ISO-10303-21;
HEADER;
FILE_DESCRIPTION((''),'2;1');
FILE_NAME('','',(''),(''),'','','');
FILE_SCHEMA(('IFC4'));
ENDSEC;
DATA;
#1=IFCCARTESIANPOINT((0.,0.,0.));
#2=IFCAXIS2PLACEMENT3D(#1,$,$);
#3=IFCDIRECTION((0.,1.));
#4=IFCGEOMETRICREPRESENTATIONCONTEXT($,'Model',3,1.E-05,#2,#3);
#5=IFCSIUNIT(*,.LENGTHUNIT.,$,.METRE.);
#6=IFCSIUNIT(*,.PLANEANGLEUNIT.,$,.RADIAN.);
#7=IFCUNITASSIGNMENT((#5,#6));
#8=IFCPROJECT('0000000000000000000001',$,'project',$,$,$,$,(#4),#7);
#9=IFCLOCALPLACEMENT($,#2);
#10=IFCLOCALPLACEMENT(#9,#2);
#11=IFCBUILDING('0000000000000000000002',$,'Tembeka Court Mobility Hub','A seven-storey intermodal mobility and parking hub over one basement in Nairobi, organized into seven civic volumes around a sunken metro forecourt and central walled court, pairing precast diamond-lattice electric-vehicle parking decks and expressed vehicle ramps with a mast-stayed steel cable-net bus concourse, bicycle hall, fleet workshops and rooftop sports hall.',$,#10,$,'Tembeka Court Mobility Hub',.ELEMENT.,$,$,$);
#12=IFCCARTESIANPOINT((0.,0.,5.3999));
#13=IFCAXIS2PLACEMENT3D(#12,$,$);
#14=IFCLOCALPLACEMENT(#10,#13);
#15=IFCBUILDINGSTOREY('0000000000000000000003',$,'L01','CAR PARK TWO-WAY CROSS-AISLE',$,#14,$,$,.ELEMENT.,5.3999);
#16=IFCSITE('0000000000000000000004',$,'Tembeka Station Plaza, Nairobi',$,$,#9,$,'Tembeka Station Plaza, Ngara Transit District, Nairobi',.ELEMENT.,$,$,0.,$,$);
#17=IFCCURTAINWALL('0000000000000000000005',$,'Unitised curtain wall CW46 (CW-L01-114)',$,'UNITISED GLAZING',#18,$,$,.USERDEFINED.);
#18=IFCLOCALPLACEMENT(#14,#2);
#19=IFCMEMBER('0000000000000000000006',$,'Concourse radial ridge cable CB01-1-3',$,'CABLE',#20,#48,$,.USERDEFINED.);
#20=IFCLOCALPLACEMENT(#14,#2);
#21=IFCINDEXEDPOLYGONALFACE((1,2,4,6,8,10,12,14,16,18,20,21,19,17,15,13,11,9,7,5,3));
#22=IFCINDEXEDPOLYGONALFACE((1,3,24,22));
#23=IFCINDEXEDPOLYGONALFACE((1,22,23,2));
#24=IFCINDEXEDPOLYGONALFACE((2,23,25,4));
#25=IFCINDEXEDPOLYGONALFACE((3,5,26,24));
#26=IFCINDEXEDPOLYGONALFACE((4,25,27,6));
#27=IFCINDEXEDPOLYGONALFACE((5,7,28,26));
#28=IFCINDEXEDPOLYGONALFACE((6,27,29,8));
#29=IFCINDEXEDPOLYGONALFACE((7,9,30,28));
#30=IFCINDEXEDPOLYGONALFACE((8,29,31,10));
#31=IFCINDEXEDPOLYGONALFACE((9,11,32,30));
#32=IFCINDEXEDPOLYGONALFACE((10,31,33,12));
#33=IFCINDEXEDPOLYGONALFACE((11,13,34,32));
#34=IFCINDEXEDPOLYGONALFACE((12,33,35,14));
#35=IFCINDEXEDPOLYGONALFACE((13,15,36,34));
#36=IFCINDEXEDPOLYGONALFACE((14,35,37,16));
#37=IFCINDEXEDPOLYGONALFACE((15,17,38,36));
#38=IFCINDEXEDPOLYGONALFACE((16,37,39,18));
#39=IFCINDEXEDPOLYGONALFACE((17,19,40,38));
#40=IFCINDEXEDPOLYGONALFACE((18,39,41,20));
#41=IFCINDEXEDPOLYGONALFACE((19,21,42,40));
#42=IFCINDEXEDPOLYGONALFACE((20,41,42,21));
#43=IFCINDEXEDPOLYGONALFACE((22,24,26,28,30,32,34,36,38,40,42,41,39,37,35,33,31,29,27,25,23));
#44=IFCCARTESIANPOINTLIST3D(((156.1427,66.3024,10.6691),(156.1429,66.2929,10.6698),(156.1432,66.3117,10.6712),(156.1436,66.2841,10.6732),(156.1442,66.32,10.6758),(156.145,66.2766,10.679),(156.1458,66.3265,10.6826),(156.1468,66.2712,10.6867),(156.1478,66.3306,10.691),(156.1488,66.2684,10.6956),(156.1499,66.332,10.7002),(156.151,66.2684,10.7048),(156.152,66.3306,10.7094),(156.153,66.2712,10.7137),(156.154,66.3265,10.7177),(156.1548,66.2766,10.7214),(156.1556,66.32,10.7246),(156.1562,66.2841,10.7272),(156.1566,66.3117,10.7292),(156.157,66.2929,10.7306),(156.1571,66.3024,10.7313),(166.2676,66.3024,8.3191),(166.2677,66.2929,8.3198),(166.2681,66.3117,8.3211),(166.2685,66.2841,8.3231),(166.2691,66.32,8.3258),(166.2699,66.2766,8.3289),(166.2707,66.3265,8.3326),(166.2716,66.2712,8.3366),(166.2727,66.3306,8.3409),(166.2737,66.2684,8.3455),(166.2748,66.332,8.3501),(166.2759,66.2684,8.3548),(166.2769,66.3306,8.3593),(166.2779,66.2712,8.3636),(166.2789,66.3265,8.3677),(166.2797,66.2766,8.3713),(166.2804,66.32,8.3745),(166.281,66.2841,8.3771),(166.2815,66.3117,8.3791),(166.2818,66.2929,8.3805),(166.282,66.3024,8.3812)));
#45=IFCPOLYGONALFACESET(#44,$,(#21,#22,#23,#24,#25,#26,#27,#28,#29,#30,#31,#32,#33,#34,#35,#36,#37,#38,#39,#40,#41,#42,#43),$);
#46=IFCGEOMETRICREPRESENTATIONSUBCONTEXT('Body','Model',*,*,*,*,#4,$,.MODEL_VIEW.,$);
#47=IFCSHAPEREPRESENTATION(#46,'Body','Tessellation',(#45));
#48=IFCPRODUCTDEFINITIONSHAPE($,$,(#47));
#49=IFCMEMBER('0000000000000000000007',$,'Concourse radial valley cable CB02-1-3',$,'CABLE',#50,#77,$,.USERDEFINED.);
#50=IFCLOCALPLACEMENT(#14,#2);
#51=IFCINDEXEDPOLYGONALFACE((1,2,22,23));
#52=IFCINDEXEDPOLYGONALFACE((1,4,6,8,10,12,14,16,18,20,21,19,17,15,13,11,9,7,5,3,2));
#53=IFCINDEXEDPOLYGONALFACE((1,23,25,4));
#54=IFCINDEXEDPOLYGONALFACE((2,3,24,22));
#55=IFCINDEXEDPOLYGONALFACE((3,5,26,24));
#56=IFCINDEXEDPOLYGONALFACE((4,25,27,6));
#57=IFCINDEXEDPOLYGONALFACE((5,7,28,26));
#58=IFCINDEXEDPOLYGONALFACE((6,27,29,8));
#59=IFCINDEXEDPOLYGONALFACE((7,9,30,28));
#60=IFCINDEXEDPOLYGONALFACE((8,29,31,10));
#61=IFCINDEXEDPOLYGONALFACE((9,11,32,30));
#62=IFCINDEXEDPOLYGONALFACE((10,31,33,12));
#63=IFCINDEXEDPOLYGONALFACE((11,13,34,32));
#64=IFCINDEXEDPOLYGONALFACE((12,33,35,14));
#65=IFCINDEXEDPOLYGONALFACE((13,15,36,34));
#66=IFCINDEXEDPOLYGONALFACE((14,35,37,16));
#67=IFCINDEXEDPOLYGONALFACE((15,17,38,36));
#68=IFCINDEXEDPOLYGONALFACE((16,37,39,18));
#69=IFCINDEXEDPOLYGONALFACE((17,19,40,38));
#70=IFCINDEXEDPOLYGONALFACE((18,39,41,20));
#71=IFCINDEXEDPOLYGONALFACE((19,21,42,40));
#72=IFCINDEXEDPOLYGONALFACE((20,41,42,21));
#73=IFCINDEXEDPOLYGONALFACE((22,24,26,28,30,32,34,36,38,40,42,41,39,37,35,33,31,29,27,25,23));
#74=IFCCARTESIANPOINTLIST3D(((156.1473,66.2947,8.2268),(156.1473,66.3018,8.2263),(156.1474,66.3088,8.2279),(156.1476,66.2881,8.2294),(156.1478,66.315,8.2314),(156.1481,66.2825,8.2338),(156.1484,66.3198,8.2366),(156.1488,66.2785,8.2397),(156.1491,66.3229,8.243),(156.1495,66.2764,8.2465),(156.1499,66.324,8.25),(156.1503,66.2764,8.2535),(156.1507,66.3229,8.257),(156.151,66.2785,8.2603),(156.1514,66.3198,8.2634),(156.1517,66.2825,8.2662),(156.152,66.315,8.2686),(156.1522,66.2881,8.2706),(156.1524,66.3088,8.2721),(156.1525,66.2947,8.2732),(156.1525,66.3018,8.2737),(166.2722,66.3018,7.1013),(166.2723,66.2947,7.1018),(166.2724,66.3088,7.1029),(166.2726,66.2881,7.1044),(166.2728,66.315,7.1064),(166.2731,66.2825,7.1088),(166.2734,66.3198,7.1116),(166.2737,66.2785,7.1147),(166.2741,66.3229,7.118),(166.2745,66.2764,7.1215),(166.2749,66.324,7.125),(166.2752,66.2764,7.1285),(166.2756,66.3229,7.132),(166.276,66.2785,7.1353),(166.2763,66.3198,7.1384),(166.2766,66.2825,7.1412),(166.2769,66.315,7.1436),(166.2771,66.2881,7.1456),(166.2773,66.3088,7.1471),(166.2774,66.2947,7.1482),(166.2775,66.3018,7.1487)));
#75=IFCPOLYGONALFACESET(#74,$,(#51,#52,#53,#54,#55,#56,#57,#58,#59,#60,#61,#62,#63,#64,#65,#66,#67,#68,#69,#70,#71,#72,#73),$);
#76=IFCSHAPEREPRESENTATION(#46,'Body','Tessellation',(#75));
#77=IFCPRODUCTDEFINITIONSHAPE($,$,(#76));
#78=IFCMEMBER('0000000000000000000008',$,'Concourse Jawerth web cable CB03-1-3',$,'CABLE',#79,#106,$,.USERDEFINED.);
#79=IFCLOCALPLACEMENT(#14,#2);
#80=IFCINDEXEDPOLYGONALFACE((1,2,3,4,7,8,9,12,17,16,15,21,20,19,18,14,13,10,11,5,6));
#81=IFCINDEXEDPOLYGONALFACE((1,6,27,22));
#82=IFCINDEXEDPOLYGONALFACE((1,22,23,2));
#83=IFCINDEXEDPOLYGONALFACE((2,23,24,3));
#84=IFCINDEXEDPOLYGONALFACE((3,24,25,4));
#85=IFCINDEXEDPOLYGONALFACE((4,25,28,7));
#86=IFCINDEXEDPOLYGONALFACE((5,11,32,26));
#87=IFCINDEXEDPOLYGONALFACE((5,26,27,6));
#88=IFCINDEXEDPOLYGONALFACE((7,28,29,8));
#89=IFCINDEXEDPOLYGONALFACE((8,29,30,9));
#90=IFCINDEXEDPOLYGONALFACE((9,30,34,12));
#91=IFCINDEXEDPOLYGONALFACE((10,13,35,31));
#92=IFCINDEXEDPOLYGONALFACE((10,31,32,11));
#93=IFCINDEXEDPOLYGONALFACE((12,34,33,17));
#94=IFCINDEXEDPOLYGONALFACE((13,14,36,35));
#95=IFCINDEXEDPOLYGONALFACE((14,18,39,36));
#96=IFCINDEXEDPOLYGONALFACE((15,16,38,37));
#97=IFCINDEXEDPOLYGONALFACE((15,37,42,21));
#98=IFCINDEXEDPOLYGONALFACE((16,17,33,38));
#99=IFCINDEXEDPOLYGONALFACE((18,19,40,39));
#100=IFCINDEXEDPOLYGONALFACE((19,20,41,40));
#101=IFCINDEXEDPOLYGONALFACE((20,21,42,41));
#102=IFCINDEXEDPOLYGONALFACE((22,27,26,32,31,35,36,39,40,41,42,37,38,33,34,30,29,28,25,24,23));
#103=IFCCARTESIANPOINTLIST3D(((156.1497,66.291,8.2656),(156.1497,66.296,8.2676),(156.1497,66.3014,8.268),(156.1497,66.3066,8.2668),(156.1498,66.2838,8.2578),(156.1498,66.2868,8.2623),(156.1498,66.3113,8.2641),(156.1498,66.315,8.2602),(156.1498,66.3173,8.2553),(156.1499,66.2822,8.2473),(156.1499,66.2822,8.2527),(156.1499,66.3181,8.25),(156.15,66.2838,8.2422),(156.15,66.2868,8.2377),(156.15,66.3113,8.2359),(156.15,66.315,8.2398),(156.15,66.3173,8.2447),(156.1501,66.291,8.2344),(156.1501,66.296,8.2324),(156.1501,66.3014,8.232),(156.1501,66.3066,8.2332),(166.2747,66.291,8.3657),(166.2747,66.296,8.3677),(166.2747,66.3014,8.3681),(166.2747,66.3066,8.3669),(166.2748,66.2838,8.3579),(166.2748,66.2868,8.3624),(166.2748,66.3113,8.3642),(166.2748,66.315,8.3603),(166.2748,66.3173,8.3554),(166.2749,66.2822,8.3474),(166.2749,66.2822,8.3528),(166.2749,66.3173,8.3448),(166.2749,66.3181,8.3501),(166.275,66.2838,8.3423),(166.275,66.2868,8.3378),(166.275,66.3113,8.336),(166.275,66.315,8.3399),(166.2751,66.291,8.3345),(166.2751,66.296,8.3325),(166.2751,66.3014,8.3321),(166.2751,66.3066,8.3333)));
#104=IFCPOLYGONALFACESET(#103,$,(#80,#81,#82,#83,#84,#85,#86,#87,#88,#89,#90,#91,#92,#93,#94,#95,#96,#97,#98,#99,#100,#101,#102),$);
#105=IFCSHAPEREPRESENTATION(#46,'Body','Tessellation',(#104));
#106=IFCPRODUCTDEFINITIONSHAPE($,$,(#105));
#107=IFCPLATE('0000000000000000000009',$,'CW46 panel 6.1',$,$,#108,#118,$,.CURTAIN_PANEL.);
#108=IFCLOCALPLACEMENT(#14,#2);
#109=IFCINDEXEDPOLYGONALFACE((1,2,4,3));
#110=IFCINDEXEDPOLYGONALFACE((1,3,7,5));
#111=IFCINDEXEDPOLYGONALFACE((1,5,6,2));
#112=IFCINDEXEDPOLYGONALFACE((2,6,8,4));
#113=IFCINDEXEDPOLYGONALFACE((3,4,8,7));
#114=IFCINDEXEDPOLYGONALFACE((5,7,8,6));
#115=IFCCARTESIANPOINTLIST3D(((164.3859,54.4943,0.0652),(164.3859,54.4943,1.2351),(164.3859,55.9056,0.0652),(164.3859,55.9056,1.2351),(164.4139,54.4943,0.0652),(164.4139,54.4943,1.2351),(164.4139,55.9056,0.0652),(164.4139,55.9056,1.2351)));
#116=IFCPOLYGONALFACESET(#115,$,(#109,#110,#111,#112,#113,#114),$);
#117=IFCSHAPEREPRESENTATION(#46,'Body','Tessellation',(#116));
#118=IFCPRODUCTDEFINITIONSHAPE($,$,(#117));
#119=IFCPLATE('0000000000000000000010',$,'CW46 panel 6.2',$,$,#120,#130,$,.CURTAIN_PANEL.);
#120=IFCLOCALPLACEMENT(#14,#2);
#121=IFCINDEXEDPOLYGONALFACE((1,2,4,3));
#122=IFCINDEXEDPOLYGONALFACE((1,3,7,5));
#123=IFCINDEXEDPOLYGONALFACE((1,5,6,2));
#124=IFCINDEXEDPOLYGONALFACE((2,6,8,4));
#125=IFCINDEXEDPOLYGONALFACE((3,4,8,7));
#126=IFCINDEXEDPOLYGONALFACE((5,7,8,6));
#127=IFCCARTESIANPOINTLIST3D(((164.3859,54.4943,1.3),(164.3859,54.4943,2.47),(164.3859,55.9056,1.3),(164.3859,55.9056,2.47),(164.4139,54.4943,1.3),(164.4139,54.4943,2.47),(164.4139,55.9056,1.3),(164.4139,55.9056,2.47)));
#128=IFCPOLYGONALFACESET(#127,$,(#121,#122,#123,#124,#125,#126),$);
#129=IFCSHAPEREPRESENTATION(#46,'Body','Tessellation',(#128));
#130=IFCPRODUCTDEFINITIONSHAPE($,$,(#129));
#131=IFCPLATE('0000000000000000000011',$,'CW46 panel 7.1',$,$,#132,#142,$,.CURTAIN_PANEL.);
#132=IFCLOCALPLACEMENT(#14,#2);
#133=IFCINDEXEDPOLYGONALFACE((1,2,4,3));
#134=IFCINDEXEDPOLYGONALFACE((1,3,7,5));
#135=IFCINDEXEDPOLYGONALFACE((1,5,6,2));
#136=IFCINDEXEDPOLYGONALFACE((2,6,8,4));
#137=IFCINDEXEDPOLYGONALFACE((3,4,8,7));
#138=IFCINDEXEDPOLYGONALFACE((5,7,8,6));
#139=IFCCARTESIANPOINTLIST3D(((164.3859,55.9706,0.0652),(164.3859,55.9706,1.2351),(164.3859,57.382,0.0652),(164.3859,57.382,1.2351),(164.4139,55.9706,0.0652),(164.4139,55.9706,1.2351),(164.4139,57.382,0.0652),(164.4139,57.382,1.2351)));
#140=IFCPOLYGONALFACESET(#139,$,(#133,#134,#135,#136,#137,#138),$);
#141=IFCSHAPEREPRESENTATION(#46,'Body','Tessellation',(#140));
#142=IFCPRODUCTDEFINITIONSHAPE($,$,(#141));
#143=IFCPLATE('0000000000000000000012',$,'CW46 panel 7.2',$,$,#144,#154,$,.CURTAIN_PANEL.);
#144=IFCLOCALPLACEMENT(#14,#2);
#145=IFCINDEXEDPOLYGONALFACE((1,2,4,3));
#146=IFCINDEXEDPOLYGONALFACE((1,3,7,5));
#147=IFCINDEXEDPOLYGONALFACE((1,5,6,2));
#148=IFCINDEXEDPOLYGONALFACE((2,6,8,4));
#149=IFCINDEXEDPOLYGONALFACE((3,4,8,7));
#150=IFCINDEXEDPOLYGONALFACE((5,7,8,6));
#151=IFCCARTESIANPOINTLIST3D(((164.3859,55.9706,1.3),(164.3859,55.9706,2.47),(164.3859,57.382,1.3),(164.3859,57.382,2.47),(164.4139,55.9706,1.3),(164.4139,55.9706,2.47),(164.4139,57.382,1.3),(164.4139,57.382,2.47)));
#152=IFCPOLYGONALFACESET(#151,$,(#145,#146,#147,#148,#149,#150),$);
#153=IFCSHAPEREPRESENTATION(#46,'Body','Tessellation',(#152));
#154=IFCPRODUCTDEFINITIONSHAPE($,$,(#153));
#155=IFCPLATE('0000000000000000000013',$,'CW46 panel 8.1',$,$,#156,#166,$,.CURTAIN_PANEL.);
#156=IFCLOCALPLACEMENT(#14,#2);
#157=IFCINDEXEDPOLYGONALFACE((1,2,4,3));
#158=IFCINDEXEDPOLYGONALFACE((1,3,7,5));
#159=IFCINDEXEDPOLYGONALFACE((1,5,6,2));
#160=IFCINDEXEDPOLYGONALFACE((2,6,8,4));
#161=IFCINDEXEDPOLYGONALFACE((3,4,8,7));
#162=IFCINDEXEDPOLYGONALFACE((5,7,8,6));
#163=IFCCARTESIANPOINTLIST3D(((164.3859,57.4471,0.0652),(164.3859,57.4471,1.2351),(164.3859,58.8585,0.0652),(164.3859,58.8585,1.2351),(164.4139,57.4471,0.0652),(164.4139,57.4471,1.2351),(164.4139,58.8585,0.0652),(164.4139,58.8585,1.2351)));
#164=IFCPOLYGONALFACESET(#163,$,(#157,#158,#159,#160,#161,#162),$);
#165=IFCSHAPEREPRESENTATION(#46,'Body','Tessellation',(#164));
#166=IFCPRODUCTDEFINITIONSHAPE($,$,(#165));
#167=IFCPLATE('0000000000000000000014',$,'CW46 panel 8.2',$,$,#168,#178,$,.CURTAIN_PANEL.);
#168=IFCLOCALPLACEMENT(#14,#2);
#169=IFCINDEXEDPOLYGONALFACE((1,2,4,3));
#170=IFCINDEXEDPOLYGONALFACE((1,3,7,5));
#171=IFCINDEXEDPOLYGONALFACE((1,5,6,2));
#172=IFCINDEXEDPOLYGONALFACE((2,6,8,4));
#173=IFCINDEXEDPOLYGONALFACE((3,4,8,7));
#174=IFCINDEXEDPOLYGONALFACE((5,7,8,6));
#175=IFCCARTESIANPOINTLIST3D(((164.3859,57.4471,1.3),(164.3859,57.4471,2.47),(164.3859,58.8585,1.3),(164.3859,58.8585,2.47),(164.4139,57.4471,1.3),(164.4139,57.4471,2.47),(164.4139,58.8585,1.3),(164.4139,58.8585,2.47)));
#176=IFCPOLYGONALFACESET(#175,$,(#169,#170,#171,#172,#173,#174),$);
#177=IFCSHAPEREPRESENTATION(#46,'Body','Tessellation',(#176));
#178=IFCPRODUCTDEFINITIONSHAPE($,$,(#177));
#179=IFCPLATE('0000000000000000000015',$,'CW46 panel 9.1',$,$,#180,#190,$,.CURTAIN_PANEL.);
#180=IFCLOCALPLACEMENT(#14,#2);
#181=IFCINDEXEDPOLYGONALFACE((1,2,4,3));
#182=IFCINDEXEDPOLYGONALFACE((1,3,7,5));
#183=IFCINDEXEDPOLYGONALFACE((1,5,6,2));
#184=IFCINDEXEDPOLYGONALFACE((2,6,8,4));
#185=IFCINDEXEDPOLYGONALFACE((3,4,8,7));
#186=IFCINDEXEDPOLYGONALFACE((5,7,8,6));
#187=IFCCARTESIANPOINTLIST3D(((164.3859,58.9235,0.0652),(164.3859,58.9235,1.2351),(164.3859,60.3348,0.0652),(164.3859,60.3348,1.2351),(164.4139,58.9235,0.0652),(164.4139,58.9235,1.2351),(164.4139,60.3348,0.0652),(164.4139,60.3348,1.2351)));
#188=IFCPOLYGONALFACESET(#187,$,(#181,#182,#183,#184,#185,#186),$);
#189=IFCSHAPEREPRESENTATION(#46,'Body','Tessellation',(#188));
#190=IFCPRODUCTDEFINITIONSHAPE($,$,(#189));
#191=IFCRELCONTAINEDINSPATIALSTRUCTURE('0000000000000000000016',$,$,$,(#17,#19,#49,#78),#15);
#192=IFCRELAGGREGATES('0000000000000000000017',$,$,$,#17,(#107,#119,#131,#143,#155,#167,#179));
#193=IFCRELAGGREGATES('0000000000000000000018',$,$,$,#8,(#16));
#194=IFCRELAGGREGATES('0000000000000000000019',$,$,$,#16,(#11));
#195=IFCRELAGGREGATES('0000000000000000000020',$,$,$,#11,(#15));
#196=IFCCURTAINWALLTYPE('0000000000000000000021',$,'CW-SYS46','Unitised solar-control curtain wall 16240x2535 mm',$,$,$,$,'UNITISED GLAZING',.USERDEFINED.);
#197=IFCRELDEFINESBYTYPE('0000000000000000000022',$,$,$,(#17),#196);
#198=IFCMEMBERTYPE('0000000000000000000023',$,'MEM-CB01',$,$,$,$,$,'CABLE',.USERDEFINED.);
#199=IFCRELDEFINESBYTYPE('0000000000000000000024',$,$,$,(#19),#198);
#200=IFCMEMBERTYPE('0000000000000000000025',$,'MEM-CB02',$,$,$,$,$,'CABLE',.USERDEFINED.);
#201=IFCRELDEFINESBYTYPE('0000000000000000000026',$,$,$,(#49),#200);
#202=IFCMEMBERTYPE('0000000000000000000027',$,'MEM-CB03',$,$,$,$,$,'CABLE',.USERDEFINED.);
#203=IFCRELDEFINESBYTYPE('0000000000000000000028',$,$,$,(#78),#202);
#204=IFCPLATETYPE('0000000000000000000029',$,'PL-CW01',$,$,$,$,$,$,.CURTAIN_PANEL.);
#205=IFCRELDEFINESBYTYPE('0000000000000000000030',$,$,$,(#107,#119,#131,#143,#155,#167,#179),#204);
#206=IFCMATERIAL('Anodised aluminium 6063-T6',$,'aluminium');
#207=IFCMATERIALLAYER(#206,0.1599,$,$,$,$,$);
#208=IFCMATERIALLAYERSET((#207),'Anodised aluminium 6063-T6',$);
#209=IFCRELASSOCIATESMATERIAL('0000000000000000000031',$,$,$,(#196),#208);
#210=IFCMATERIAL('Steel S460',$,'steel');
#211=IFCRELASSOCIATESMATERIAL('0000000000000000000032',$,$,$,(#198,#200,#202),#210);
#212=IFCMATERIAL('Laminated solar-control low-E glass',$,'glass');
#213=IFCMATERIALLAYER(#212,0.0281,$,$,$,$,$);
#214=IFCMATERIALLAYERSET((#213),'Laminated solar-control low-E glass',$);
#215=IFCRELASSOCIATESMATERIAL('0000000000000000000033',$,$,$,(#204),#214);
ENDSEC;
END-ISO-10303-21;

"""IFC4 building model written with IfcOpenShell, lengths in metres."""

from ifc_helpers import new_model, si_unit, direction, frame, origin, origin_2d, place, context, subcontext, project, spatial, rectangle, circle, extrude, material, layer, layer_set, material_profile, profile_set, type_object, element, aggregate, save


model = new_model("IFC4")

# Units and contexts
model_context = context("Model", 3, precision=1e-05, world=origin(), true_north=direction((0.0, 1.0)))
body_context = subcontext(model_context, "Body", "Model", "MODEL_VIEW")
ifc_project = project(units=[si_unit("LENGTHUNIT", "METRE"), si_unit("PLANEANGLEUNIT", "RADIAN")], contexts=[model_context])

# Site, building, storey
site_placement = place(None, origin())
site = spatial("IfcSite", under=ifc_project, at=site_placement, Name="Tembeka Station Plaza, Nairobi", LongName="Tembeka Station Plaza, Ngara Transit District, Nairobi", CompositionType="ELEMENT", RefElevation=0.0)
building_placement = place(site_placement, origin())
building = spatial("IfcBuilding", under=site, at=building_placement, Name="Tembeka Court Mobility Hub", Description="A seven-storey intermodal mobility and parking hub over one basement in Nairobi, organized into seven civic volumes around a sunken metro forecourt and central walled court, pairing precast diamond-lattice electric-vehicle parking decks and expressed vehicle ramps with a mast-stayed steel cable-net bus concourse, bicycle hall, fleet workshops and rooftop sports hall.", LongName="Tembeka Court Mobility Hub", CompositionType="ELEMENT")
storey_placement = place(building_placement, frame((0.0, 0.0, 5.3999)))
storey = spatial("IfcBuildingStorey", under=building, at=storey_placement, Name="L01", Description="CAR PARK TWO-WAY CROSS-AISLE", CompositionType="ELEMENT", Elevation=5.3999)

# Curtain wall
ifc_material_1 = material(Name="Anodised aluminium 6063-T6", Category="aluminium")
ifc_layer_1 = layer(ifc_material_1, 0.1599)
ifc_layer_set_1 = layer_set([ifc_layer_1], Name="Anodised aluminium 6063-T6")
curtain_wall_type = type_object("IfcCurtainWallType", Name="CW-SYS46", Description="Unitised solar-control curtain wall 16240x2535 mm", ElementType="UNITISED GLAZING", PredefinedType="USERDEFINED", material=ifc_layer_set_1)
curtain_wall_placement = place(storey_placement, origin())
curtain_wall = element("IfcCurtainWall", 1, at=curtain_wall_placement, inside=storey, type_object=curtain_wall_type, Name="Unitised curtain wall CW46 (CW-L01-114)", ObjectType="UNITISED GLAZING", PredefinedType="USERDEFINED")

# Members
ifc_material_2 = material(Name="Steel S460", Category="steel")
ifc_material_profile_1 = material_profile(ifc_material_2, circle(Radius=0.032, at=origin_2d()), Name="CABLE D64")
ifc_profile_set_1 = profile_set([ifc_material_profile_1], Name="Steel S460")
member_type_1 = type_object("IfcMemberType", Name="MEM-CB01", ElementType="CABLE", PredefinedType="USERDEFINED", material=ifc_profile_set_1)
member_1_placement = place(storey_placement, frame((156.1499, 66.3, 10.7002), z_axis=(0.974105, 0.0, -0.226098), x_axis=(0.0, 1.0, 0.0)))
element("IfcMember", 2, at=member_1_placement, inside=storey, type_object=member_type_1, Name="Concourse radial ridge cable CB01-1-3", ObjectType="CABLE", PredefinedType="USERDEFINED", context=body_context, shape_type="SweptSolid", body=[
    extrude(circle(Radius=0.032, at=origin_2d()), origin(), (0.0, 0.0, 1.0), 10.394),
])
ifc_material_profile_2 = material_profile(ifc_material_2, circle(Radius=0.0239, at=origin_2d()), Name="CABLE D48")
ifc_profile_set_2 = profile_set([ifc_material_profile_2], Name="Steel S460")
member_type_2 = type_object("IfcMemberType", Name="MEM-CB02", ElementType="CABLE", PredefinedType="USERDEFINED", material=ifc_profile_set_2)
member_2_placement = place(storey_placement, frame((156.1499, 66.3, 8.25), z_axis=(0.993884, 0.0, -0.110432), x_axis=(0.0, 1.0, 0.0)))
element("IfcMember", 3, at=member_2_placement, inside=storey, type_object=member_type_2, Name="Concourse radial valley cable CB02-1-3", ObjectType="CABLE", PredefinedType="USERDEFINED", context=body_context, shape_type="SweptSolid", body=[
    extrude(circle(Radius=0.0239, at=origin_2d()), origin(), (0.0, 0.0, 1.0), 10.1873),
])
ifc_material_profile_3 = material_profile(ifc_material_2, circle(Radius=0.0181, at=origin_2d()), Name="CABLE D36")
ifc_profile_set_3 = profile_set([ifc_material_profile_3], Name="Steel S460")
member_type_3 = type_object("IfcMemberType", Name="MEM-CB03", ElementType="CABLE", PredefinedType="USERDEFINED", material=ifc_profile_set_3)
member_3_placement = place(storey_placement, frame((156.1499, 66.3, 8.25), z_axis=(0.999951, 0.0, 0.009886), x_axis=(0.0, 1.0, 0.0)))
element("IfcMember", 4, at=member_3_placement, inside=storey, type_object=member_type_3, Name="Concourse Jawerth web cable CB03-1-3", ObjectType="CABLE", PredefinedType="USERDEFINED", context=body_context, shape_type="SweptSolid", body=[
    extrude(circle(Radius=0.0181, at=origin_2d()), origin(), (0.0, 0.0, 1.0), 10.1255),
])

# Plates
ifc_material_3 = material(Name="Laminated solar-control low-E glass", Category="glass")
ifc_layer_2 = layer(ifc_material_3, 0.0281)
ifc_layer_set_2 = layer_set([ifc_layer_2], Name="Laminated solar-control low-E glass")
plate_type = type_object("IfcPlateType", Name="PL-CW01", PredefinedType="CURTAIN_PANEL", material=ifc_layer_set_2)
plate_1_placement = place(storey_placement, frame((164.3999, 55.2, 0.0652), z_axis=(0.0, 0.0, 1.0), x_axis=(0.0, 1.0, 0.0)))
plate_1 = element("IfcPlate", 5, at=plate_1_placement, type_object=plate_type, Name="CW46 panel 6.1", PredefinedType="CURTAIN_PANEL", context=body_context, shape_type="SweptSolid", body=[
    extrude(rectangle(XDim=1.4114, YDim=0.0281, at=origin_2d()), origin(), (0.0, 0.0, 1.0), 1.1699),
])
plate_2_placement = place(storey_placement, frame((164.3999, 55.2, 1.3), z_axis=(0.0, 0.0, 1.0), x_axis=(0.0, 1.0, 0.0)))
plate_2 = element("IfcPlate", 6, at=plate_2_placement, type_object=plate_type, Name="CW46 panel 6.2", PredefinedType="CURTAIN_PANEL", context=body_context, shape_type="SweptSolid", body=[
    extrude(rectangle(XDim=1.4114, YDim=0.0281, at=origin_2d()), origin(), (0.0, 0.0, 1.0), 1.1699),
])
plate_3_placement = place(storey_placement, frame((164.3999, 56.6763, 0.0652), z_axis=(0.0, 0.0, 1.0), x_axis=(0.0, 1.0, 0.0)))
plate_3 = element("IfcPlate", 7, at=plate_3_placement, type_object=plate_type, Name="CW46 panel 7.1", PredefinedType="CURTAIN_PANEL", context=body_context, shape_type="SweptSolid", body=[
    extrude(rectangle(XDim=1.4114, YDim=0.0281, at=origin_2d()), origin(), (0.0, 0.0, 1.0), 1.1699),
])
plate_4_placement = place(storey_placement, frame((164.3999, 56.6763, 1.3), z_axis=(0.0, 0.0, 1.0), x_axis=(0.0, 1.0, 0.0)))
plate_4 = element("IfcPlate", 8, at=plate_4_placement, type_object=plate_type, Name="CW46 panel 7.2", PredefinedType="CURTAIN_PANEL", context=body_context, shape_type="SweptSolid", body=[
    extrude(rectangle(XDim=1.4114, YDim=0.0281, at=origin_2d()), origin(), (0.0, 0.0, 1.0), 1.1699),
])
plate_5_placement = place(storey_placement, frame((164.3999, 58.1528, 0.0652), z_axis=(0.0, 0.0, 1.0), x_axis=(0.0, 1.0, 0.0)))
plate_5 = element("IfcPlate", 9, at=plate_5_placement, type_object=plate_type, Name="CW46 panel 8.1", PredefinedType="CURTAIN_PANEL", context=body_context, shape_type="SweptSolid", body=[
    extrude(rectangle(XDim=1.4114, YDim=0.0281, at=origin_2d()), origin(), (0.0, 0.0, 1.0), 1.1699),
])
plate_6_placement = place(storey_placement, frame((164.3999, 58.1528, 1.3), z_axis=(0.0, 0.0, 1.0), x_axis=(0.0, 1.0, 0.0)))
plate_6 = element("IfcPlate", 10, at=plate_6_placement, type_object=plate_type, Name="CW46 panel 8.2", PredefinedType="CURTAIN_PANEL", context=body_context, shape_type="SweptSolid", body=[
    extrude(rectangle(XDim=1.4114, YDim=0.0281, at=origin_2d()), origin(), (0.0, 0.0, 1.0), 1.1699),
])
plate_7_placement = place(storey_placement, frame((164.3999, 59.6292, 0.0652), z_axis=(0.0, 0.0, 1.0), x_axis=(0.0, 1.0, 0.0)))
plate_7 = element("IfcPlate", 11, at=plate_7_placement, type_object=plate_type, Name="CW46 panel 9.1", PredefinedType="CURTAIN_PANEL", context=body_context, shape_type="SweptSolid", body=[
    extrude(rectangle(XDim=1.4114, YDim=0.0281, at=origin_2d()), origin(), (0.0, 0.0, 1.0), 1.1699),
])
aggregate(curtain_wall, [plate_1, plate_2, plate_3, plate_4, plate_5, plate_6, plate_7])

save(model, "model.ifc")
